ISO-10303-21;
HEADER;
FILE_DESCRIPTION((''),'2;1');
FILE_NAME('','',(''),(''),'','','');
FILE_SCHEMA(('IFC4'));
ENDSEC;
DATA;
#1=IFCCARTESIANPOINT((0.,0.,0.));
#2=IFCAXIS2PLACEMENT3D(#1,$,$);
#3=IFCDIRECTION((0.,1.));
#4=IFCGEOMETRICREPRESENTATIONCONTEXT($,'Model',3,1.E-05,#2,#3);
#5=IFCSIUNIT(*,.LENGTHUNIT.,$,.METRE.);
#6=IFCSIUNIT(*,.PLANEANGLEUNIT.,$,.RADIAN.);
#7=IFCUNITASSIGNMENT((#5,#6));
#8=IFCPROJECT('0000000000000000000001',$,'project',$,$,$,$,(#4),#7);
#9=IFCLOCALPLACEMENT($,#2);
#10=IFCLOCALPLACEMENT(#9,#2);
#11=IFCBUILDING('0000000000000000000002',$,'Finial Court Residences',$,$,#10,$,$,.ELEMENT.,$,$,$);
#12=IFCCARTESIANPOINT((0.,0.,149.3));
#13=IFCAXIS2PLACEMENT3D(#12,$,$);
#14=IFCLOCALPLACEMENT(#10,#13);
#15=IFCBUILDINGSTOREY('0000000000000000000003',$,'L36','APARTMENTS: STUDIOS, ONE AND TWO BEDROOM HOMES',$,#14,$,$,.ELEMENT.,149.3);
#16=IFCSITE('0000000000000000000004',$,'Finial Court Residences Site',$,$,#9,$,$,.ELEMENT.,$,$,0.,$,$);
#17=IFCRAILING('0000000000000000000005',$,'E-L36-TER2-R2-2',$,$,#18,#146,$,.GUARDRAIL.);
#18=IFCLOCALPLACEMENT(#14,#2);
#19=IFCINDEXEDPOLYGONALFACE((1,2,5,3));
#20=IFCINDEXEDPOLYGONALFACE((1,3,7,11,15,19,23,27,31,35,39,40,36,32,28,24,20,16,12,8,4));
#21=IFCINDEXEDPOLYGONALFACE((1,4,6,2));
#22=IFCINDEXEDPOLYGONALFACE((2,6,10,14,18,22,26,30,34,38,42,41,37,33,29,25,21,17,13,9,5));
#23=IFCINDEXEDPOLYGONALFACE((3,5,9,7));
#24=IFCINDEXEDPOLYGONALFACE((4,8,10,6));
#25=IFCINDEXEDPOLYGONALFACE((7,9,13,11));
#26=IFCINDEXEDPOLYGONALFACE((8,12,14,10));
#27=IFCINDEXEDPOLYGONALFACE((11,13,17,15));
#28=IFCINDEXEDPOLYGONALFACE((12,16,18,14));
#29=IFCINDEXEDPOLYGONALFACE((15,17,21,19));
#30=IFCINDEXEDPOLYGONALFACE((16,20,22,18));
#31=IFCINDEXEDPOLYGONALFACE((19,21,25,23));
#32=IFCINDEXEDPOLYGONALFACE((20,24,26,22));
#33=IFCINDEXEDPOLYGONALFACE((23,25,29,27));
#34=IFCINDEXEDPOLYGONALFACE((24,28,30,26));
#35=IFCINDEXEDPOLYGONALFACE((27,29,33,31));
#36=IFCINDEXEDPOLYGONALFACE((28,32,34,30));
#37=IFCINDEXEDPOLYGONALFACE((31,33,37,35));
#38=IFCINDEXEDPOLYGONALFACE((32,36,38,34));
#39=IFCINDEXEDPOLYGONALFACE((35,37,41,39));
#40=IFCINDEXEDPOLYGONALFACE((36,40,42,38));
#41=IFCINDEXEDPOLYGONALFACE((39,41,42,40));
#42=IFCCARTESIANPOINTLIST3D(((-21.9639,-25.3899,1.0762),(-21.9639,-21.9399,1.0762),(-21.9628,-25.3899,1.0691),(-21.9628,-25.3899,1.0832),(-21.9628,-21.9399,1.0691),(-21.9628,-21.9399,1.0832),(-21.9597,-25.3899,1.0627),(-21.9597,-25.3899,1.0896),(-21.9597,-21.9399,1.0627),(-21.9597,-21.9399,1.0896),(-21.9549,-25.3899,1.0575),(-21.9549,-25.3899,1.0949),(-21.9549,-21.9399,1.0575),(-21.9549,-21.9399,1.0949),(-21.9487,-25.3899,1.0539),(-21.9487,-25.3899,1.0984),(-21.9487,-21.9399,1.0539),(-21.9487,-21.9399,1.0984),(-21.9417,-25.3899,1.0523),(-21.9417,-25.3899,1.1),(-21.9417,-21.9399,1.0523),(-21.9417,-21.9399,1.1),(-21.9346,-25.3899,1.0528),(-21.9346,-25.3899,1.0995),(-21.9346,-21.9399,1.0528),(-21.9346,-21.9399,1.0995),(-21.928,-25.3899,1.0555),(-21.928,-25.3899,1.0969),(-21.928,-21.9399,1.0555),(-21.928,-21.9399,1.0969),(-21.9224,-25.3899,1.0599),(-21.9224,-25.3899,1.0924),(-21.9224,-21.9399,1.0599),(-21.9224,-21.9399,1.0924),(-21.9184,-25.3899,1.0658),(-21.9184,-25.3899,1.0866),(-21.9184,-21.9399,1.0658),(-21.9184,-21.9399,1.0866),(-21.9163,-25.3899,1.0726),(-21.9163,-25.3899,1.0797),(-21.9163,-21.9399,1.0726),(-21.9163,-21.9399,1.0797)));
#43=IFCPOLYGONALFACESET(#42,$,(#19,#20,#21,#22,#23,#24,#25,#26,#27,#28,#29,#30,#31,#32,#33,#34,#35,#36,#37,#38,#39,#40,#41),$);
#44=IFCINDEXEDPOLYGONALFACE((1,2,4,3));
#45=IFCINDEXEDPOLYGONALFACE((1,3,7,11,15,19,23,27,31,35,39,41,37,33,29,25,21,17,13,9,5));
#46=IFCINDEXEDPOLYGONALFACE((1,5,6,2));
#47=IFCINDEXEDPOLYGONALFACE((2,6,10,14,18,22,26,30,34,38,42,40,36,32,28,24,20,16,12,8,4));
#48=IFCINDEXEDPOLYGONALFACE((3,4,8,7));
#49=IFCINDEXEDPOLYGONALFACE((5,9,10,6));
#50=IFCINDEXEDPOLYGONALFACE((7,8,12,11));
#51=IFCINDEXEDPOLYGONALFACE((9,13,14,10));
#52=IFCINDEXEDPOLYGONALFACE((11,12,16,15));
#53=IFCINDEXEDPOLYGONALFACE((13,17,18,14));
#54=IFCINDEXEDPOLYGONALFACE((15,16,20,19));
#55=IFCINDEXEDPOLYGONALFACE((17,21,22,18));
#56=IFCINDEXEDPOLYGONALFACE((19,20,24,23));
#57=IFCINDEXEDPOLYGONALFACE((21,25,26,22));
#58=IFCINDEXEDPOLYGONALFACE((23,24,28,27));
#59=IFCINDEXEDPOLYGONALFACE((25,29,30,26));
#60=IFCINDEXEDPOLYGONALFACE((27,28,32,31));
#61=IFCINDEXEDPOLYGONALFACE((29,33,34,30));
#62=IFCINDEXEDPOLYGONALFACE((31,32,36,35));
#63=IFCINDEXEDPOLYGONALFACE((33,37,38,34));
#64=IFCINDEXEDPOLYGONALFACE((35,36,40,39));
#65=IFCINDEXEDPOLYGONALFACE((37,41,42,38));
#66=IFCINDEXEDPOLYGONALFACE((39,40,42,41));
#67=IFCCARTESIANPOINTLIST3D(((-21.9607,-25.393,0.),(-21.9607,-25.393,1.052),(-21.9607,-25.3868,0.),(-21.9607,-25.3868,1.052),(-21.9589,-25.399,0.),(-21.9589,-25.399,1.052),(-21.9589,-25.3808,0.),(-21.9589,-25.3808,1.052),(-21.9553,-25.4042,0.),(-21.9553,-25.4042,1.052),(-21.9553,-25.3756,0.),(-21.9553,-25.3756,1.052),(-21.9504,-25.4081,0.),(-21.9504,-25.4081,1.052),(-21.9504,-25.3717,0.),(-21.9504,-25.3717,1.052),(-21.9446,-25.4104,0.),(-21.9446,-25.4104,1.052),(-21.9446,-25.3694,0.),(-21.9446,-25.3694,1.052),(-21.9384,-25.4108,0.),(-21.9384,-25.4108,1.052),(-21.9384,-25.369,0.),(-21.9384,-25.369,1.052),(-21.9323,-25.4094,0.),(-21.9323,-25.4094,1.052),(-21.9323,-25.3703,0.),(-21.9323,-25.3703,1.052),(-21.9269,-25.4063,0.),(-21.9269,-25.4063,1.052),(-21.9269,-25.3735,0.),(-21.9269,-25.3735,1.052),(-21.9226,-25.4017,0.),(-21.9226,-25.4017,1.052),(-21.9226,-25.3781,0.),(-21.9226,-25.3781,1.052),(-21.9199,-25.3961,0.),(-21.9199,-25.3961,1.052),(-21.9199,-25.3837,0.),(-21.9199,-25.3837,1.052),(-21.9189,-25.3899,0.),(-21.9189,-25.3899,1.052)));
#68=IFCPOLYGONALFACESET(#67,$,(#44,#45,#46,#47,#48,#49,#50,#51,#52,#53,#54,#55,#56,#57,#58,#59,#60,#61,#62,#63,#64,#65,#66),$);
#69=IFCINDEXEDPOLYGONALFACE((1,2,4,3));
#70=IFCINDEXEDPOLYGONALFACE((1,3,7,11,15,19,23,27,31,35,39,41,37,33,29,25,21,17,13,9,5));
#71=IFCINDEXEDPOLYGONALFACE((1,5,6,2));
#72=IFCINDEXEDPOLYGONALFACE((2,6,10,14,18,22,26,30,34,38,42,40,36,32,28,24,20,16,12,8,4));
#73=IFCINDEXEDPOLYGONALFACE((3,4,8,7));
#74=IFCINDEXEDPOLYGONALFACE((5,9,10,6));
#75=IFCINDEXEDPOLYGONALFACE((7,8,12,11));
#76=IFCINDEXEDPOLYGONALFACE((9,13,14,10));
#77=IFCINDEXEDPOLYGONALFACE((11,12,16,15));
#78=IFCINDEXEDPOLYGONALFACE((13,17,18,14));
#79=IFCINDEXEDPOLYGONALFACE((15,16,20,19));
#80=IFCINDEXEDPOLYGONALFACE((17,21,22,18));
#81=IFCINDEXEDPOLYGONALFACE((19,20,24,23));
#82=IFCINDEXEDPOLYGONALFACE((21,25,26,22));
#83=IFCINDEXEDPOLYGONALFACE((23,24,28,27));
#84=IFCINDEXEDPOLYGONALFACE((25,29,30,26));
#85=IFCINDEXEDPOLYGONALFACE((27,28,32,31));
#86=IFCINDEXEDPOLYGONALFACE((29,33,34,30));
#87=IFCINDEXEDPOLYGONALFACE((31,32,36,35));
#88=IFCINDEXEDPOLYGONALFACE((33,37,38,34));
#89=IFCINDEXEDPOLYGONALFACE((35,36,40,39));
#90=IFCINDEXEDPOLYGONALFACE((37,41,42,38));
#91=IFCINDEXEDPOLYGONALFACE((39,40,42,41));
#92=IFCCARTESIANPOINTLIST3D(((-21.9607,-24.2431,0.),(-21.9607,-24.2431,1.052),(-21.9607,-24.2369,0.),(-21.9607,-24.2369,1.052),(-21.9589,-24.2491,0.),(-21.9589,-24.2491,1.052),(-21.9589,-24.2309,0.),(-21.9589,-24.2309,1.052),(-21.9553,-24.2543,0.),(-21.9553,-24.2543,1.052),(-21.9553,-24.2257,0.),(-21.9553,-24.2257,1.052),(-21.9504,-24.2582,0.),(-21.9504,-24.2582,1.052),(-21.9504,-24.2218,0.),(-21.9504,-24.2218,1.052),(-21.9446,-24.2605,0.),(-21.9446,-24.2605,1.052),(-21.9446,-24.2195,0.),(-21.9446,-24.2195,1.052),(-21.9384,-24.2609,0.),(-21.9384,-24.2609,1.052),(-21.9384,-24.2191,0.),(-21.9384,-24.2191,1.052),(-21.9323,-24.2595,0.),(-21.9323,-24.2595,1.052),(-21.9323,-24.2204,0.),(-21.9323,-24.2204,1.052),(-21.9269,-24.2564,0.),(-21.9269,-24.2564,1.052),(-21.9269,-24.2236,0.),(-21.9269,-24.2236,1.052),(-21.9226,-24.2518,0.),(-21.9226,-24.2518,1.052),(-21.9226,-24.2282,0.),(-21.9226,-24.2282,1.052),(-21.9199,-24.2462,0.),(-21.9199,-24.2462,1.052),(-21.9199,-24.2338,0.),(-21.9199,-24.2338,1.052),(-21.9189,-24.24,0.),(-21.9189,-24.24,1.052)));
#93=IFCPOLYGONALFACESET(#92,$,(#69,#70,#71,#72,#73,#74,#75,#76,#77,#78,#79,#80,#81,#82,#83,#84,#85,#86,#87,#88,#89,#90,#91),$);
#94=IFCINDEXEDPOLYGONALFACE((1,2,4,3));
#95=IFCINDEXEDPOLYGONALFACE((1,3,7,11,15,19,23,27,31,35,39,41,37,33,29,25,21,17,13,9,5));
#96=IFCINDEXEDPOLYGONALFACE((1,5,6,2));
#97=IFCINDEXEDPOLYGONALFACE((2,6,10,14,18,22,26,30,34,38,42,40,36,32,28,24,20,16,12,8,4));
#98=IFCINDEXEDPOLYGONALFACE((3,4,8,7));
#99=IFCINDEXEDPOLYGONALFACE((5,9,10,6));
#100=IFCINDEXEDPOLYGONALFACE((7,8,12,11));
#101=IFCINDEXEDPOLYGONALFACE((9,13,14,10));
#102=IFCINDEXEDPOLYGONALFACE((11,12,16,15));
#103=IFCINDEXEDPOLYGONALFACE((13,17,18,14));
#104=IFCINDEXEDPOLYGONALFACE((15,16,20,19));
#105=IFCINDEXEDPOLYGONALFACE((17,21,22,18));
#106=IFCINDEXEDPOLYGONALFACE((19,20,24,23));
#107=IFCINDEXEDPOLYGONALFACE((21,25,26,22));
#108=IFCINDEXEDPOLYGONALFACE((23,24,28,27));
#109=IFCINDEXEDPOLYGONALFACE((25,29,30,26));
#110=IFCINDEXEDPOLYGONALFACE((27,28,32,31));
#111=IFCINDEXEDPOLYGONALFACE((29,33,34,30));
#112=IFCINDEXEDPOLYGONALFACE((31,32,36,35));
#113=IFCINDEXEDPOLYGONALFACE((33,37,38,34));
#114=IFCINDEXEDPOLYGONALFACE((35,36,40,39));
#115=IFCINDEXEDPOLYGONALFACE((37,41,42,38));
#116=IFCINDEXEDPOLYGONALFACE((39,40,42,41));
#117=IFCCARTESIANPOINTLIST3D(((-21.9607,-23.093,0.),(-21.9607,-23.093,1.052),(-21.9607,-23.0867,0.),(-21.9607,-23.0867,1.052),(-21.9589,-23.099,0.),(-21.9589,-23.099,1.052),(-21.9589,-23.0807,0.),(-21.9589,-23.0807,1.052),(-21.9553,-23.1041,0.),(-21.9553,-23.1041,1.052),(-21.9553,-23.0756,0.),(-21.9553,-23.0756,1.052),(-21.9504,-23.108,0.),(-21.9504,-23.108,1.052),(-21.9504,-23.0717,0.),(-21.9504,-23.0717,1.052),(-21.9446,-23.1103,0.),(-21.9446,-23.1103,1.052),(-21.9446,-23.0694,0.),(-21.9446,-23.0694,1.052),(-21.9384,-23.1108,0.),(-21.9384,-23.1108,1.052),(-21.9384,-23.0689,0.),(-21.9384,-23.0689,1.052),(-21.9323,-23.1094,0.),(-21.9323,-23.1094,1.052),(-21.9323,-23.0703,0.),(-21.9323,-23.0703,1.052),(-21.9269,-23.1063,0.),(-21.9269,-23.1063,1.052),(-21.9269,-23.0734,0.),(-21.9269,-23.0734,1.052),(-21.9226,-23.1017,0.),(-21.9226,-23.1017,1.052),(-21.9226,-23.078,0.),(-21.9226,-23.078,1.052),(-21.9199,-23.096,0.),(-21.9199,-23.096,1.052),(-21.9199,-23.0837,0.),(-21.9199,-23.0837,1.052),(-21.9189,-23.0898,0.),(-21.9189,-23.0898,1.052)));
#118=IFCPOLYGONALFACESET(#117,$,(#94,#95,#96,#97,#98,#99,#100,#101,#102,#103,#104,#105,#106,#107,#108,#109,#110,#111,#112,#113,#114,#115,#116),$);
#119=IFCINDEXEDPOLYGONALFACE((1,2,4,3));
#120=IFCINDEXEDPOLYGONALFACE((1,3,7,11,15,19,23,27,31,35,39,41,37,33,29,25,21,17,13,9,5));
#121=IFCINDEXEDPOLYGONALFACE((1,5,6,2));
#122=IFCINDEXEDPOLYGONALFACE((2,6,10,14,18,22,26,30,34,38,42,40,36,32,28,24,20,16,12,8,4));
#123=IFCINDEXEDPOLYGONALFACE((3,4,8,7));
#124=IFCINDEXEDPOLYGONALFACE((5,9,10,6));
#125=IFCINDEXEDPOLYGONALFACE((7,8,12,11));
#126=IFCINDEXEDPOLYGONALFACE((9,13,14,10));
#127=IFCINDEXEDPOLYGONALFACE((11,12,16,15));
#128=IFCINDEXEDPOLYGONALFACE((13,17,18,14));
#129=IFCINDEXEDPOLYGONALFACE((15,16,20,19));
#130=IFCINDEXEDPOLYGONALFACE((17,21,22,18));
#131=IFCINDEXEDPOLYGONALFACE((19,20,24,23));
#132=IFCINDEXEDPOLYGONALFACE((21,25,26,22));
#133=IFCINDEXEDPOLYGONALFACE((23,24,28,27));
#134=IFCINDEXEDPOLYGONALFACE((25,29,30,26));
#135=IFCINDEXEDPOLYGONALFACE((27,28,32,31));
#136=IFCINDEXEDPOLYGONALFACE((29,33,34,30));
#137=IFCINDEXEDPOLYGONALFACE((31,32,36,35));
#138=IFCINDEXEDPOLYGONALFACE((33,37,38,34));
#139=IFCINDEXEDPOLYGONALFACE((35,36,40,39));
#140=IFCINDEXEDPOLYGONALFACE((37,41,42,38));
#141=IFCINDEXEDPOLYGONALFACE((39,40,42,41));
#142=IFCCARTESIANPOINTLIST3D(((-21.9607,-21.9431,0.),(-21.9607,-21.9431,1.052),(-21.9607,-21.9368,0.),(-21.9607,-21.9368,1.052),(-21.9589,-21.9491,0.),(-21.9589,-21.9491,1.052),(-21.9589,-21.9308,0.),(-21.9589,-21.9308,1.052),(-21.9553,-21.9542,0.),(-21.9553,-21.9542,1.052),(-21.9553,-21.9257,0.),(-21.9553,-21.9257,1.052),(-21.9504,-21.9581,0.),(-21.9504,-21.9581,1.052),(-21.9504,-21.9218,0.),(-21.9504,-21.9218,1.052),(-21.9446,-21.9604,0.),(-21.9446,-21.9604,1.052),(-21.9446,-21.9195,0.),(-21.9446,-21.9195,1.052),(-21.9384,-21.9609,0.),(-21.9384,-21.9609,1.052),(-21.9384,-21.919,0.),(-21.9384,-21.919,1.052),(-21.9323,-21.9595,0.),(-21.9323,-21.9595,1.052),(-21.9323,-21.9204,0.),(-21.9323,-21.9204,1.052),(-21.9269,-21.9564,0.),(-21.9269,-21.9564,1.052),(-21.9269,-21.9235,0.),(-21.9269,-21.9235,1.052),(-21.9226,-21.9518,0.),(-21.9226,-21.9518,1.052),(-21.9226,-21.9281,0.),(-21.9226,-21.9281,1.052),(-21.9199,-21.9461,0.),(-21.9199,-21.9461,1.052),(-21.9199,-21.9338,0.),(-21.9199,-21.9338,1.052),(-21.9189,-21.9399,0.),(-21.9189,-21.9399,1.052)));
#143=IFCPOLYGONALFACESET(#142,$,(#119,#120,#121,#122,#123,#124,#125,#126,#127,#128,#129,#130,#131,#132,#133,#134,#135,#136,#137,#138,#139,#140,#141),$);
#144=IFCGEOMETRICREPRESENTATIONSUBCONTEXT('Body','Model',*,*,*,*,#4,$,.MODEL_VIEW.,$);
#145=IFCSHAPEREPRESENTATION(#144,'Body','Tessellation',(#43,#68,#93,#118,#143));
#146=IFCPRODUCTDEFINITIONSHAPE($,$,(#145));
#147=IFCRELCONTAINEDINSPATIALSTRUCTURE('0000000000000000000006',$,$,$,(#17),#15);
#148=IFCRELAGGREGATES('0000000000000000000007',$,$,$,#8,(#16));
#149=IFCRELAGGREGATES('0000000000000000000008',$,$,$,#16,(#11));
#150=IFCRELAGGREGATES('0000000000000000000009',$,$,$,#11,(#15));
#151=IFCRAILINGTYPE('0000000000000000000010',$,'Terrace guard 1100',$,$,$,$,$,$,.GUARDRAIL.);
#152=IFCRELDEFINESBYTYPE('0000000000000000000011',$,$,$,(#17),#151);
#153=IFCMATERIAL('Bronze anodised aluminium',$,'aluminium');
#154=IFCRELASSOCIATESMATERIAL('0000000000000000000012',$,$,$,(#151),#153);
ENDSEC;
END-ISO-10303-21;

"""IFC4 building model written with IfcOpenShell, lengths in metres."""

from ifc_helpers import new_model, si_unit, direction, frame, origin, origin_2d, place, context, subcontext, project, spatial, circle, extrude, material, type_object, element, save


model = new_model("IFC4")

# Units and contexts
model_context = context("Model", 3, precision=1e-05, world=origin(), true_north=direction((0.0, 1.0)))
body_context = subcontext(model_context, "Body", "Model", "MODEL_VIEW")
ifc_project = project(units=[si_unit("LENGTHUNIT", "METRE"), si_unit("PLANEANGLEUNIT", "RADIAN")], contexts=[model_context])

# Site, building, storey
site_placement = place(None, origin())
site = spatial("IfcSite", under=ifc_project, at=site_placement, Name="Finial Court Residences Site", CompositionType="ELEMENT", RefElevation=0.0)
building_placement = place(site_placement, origin())
building = spatial("IfcBuilding", under=site, at=building_placement, Name="Finial Court Residences", CompositionType="ELEMENT")
storey_placement = place(building_placement, frame((0.0, 0.0, 149.3)))
storey = spatial("IfcBuildingStorey", under=building, at=storey_placement, Name="L36", Description="APARTMENTS: STUDIOS, ONE AND TWO BEDROOM HOMES", CompositionType="ELEMENT", Elevation=149.3)

# Shared definitions
ifc_material_1 = material(Name="Bronze anodised aluminium", Category="aluminium")

# Railing
railing_type = type_object("IfcRailingType", Name="Terrace guard 1100", PredefinedType="GUARDRAIL", material=ifc_material_1)
railing_1_placement = place(storey_placement, frame((-21.9399, -25.3899, 0.0)))
element("IfcRailing", 1, at=railing_1_placement, inside=storey, type_object=railing_type, Name="E-L36-TER2-R2-2", PredefinedType="GUARDRAIL", context=body_context, shape_type="SweptSolid", body=[
    extrude(circle(Radius=0.0239, at=origin_2d()), frame((0.0, 0.0, 1.0762), z_axis=(0.0, 1.0, 0.0), x_axis=(-1.0, 0.0, 0.0)), (0.0, 0.0, 1.0), 3.45),
    extrude(circle(Radius=0.021, at=origin_2d()), origin(), (0.0, 0.0, 1.0), 1.052),
    extrude(circle(Radius=0.021, at=origin_2d()), frame((0.0, 1.1499, 0.0)), (0.0, 0.0, 1.0), 1.052),
    extrude(circle(Radius=0.021, at=origin_2d()), frame((0.0, 2.3, 0.0)), (0.0, 0.0, 1.0), 1.052),
    extrude(circle(Radius=0.021, at=origin_2d()), frame((0.0, 3.45, 0.0)), (0.0, 0.0, 1.0), 1.052),
])

save(model, "model.ifc")
